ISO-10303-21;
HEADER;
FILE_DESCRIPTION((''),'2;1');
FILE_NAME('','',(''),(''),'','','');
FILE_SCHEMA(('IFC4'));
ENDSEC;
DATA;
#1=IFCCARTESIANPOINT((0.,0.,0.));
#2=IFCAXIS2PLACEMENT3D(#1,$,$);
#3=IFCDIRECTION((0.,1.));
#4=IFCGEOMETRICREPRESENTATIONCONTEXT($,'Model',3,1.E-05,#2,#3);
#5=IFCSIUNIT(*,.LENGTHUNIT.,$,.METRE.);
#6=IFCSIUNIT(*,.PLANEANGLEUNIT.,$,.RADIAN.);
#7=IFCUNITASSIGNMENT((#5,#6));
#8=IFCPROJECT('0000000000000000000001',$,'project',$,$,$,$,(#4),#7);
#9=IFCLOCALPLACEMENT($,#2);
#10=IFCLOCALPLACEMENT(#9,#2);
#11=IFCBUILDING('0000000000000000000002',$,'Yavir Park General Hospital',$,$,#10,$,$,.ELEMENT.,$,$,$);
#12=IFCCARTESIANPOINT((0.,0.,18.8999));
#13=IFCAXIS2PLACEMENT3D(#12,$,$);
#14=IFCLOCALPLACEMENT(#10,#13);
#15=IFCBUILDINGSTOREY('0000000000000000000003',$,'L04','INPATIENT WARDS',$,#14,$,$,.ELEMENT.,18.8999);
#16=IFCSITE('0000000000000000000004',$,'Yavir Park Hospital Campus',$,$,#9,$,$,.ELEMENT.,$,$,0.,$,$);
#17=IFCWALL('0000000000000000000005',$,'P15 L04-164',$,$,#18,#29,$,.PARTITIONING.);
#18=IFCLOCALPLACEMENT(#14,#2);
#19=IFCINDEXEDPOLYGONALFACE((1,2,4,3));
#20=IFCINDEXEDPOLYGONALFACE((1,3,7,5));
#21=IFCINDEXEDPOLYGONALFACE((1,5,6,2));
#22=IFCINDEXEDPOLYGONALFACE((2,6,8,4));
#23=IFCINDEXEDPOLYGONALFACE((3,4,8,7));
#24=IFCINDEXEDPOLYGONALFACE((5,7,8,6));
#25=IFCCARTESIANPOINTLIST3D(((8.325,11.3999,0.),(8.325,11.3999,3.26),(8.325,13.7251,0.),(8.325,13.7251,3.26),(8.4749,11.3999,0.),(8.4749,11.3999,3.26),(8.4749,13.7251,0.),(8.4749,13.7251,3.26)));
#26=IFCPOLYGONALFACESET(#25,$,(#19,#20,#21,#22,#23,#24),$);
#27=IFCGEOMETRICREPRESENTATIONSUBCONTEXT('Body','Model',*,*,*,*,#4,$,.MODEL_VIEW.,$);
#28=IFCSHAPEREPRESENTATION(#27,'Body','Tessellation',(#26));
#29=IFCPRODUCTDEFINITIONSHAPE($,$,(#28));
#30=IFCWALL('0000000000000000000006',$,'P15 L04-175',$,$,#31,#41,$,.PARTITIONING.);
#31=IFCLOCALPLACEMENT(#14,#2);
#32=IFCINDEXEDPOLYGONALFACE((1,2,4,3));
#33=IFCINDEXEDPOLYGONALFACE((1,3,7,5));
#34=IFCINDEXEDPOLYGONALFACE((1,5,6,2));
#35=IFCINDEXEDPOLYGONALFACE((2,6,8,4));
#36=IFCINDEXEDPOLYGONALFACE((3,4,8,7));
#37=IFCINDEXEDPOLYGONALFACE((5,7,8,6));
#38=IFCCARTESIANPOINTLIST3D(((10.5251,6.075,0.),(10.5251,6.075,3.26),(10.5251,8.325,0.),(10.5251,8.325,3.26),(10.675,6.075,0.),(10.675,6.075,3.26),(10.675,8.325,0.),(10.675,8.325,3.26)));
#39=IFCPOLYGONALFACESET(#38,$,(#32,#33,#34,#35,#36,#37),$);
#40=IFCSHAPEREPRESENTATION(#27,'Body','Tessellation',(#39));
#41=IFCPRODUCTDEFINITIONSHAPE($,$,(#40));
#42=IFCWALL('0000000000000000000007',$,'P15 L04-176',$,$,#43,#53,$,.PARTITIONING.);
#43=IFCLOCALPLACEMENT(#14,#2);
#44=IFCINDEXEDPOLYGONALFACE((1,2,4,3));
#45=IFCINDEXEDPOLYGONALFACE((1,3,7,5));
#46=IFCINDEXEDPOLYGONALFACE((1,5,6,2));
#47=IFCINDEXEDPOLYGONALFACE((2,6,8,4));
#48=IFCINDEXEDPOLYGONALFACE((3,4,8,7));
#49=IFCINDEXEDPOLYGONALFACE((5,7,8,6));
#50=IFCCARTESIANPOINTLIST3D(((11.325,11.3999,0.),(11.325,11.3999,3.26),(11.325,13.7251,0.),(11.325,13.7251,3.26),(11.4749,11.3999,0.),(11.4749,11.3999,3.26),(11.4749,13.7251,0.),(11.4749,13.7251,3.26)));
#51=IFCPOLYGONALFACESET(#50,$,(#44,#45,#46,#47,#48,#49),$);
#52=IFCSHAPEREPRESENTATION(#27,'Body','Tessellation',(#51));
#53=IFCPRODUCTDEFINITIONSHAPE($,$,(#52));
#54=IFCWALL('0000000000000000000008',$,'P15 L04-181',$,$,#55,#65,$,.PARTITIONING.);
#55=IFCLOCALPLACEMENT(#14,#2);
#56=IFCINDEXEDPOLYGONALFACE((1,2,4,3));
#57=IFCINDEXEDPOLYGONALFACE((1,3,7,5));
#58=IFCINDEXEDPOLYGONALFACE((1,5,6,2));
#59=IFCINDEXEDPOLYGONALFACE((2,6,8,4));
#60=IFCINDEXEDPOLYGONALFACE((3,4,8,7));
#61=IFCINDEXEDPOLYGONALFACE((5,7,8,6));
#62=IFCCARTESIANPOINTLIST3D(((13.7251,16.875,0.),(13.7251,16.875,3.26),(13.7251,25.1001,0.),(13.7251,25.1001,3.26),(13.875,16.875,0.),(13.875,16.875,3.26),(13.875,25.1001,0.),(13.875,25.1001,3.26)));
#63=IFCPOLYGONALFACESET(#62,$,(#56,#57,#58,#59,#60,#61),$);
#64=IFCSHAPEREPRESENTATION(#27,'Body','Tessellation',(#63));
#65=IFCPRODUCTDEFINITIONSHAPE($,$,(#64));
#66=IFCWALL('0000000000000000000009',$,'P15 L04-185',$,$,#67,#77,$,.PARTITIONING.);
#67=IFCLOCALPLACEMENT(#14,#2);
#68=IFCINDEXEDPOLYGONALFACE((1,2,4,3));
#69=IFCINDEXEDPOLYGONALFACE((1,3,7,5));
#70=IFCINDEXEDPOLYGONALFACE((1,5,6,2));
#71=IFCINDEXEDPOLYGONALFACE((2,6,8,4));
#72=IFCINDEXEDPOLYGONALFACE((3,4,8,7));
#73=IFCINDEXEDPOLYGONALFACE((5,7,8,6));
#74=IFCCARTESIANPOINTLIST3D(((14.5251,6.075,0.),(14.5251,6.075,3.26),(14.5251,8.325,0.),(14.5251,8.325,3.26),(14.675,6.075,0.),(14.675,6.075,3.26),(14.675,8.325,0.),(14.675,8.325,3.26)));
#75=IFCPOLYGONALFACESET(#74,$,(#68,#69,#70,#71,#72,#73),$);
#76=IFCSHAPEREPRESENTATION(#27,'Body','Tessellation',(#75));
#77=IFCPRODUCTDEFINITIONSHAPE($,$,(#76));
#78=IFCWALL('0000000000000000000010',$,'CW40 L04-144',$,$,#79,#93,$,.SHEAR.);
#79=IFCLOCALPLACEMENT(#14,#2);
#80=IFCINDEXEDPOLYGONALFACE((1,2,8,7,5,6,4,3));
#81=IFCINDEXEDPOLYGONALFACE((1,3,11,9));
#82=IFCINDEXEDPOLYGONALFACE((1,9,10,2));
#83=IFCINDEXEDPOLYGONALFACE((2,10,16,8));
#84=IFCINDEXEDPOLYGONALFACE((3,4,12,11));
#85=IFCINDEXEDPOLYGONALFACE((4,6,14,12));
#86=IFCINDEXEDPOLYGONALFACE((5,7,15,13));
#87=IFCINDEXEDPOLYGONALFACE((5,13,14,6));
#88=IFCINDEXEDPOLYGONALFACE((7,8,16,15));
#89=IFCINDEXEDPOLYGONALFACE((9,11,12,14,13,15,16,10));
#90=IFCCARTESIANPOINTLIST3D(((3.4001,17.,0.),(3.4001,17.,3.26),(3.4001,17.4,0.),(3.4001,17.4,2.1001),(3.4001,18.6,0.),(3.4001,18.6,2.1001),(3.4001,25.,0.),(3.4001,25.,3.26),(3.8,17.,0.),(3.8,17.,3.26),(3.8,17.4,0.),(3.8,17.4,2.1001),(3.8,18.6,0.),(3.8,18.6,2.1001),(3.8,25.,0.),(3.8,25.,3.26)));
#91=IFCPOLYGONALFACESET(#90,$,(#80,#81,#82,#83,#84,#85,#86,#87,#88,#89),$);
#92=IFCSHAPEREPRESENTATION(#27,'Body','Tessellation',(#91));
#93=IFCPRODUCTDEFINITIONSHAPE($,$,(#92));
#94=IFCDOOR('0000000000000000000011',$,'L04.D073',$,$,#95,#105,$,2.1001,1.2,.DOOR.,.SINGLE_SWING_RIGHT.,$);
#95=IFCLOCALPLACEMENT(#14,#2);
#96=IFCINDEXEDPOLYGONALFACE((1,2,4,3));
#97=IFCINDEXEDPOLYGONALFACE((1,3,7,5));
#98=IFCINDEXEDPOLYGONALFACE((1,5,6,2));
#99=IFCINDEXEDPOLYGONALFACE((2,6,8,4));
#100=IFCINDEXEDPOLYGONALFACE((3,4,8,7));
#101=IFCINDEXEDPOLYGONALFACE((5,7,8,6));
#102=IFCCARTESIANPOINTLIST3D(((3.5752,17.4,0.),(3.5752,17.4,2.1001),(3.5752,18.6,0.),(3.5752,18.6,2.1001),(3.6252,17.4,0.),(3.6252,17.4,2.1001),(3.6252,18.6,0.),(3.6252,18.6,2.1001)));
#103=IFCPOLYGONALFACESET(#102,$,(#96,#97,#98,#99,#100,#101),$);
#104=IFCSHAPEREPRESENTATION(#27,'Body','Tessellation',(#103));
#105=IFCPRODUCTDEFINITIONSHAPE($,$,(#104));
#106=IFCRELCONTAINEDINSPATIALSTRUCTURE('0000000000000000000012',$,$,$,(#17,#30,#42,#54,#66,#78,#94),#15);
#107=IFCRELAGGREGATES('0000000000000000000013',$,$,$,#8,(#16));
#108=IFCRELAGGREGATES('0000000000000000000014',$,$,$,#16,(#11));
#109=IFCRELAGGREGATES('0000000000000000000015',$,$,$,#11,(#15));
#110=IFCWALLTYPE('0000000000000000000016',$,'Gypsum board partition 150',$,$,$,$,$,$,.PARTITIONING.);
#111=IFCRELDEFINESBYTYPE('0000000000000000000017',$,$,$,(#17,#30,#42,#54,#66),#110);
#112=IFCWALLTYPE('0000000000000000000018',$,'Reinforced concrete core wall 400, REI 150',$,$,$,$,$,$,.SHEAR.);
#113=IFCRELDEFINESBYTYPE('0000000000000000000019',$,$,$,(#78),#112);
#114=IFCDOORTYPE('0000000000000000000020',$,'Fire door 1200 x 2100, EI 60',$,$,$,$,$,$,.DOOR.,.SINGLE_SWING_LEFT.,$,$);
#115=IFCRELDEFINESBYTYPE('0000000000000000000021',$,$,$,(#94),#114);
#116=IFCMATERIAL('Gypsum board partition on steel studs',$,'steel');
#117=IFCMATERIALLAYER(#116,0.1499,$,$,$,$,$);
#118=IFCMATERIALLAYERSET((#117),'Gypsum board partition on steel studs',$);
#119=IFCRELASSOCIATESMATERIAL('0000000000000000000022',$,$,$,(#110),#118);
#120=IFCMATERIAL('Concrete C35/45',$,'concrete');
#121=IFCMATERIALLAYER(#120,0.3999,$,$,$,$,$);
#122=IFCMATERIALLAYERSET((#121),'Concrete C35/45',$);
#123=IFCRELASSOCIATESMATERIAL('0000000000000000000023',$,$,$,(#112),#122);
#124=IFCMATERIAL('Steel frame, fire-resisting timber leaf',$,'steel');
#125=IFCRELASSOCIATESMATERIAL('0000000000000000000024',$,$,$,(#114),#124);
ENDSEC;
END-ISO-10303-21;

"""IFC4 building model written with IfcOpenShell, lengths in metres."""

from ifc_helpers import new_model, si_unit, direction, frame, frame_2d, origin, place, context, subcontext, project, spatial, rectangle, extrude, material, layer, layer_set, type_object, element, fill, save


model = new_model("IFC4")

# Units and contexts
model_context = context("Model", 3, precision=1e-05, world=origin(), true_north=direction((0.0, 1.0)))
body_context = subcontext(model_context, "Body", "Model", "MODEL_VIEW")
ifc_project = project(units=[si_unit("LENGTHUNIT", "METRE"), si_unit("PLANEANGLEUNIT", "RADIAN")], contexts=[model_context])

# Site, building, storey
site_placement = place(None, origin())
site = spatial("IfcSite", under=ifc_project, at=site_placement, Name="Yavir Park Hospital Campus", CompositionType="ELEMENT", RefElevation=0.0)
building_placement = place(site_placement, origin())
building = spatial("IfcBuilding", under=site, at=building_placement, Name="Yavir Park General Hospital", CompositionType="ELEMENT")
storey_placement = place(building_placement, frame((0.0, 0.0, 18.8999)))
storey = spatial("IfcBuildingStorey", under=building, at=storey_placement, Name="L04", Description="INPATIENT WARDS", CompositionType="ELEMENT", Elevation=18.8999)

# Shared definitions
ifc_material_1 = material(Name="Gypsum board partition on steel studs", Category="steel")
ifc_layer_1 = layer(ifc_material_1, 0.1499)
ifc_layer_set_1 = layer_set([ifc_layer_1], Name="Gypsum board partition on steel studs")
wall_type_1 = type_object("IfcWallType", Name="Gypsum board partition 150", PredefinedType="PARTITIONING", material=ifc_layer_set_1)

# Walls
wall_1_placement = place(storey_placement, frame((8.3999, 11.3999, 0.0), z_axis=(0.0, 0.0, 1.0), x_axis=(0.0, 1.0, 0.0)))
element("IfcWall", 1, at=wall_1_placement, inside=storey, type_object=wall_type_1, Name="P15 L04-164", PredefinedType="PARTITIONING", context=body_context, shape_type="SweptSolid", body=[
    extrude(rectangle(XDim=2.3252, YDim=0.1499, at=frame_2d((1.1626, 0.0))), origin(), (0.0, 0.0, 1.0), 3.26),
])
wall_2_placement = place(storey_placement, frame((10.6001, 6.075, 0.0), z_axis=(0.0, 0.0, 1.0), x_axis=(0.0, 1.0, 0.0)))
element("IfcWall", 2, at=wall_2_placement, inside=storey, type_object=wall_type_1, Name="P15 L04-175", PredefinedType="PARTITIONING", context=body_context, shape_type="SweptSolid", body=[
    extrude(rectangle(XDim=2.25, YDim=0.1499, at=frame_2d((1.125, 0.0))), origin(), (0.0, 0.0, 1.0), 3.26),
])
wall_3_placement = place(storey_placement, frame((11.3999, 11.3999, 0.0), z_axis=(0.0, 0.0, 1.0), x_axis=(0.0, 1.0, 0.0)))
element("IfcWall", 3, at=wall_3_placement, inside=storey, type_object=wall_type_1, Name="P15 L04-176", PredefinedType="PARTITIONING", context=body_context, shape_type="SweptSolid", body=[
    extrude(rectangle(XDim=2.3252, YDim=0.1499, at=frame_2d((1.1626, 0.0))), origin(), (0.0, 0.0, 1.0), 3.26),
])
wall_4_placement = place(storey_placement, frame((13.8, 16.875, 0.0), z_axis=(0.0, 0.0, 1.0), x_axis=(0.0, 1.0, 0.0)))
element("IfcWall", 4, at=wall_4_placement, inside=storey, type_object=wall_type_1, Name="P15 L04-181", PredefinedType="PARTITIONING", context=body_context, shape_type="SweptSolid", body=[
    extrude(rectangle(XDim=8.2251, YDim=0.1499, at=frame_2d((4.1125, 0.0))), origin(), (0.0, 0.0, 1.0), 3.26),
])
wall_5_placement = place(storey_placement, frame((14.6001, 6.075, 0.0), z_axis=(0.0, 0.0, 1.0), x_axis=(0.0, 1.0, 0.0)))
element("IfcWall", 5, at=wall_5_placement, inside=storey, type_object=wall_type_1, Name="P15 L04-185", PredefinedType="PARTITIONING", context=body_context, shape_type="SweptSolid", body=[
    extrude(rectangle(XDim=2.25, YDim=0.1499, at=frame_2d((1.125, 0.0))), origin(), (0.0, 0.0, 1.0), 3.26),
])

# Wall, opening, door
ifc_material_2 = material(Name="Concrete C35/45", Category="concrete")
ifc_layer_2 = layer(ifc_material_2, 0.3999)
ifc_layer_set_2 = layer_set([ifc_layer_2], Name="Concrete C35/45")
wall_type_2 = type_object("IfcWallType", Name="Reinforced concrete core wall 400, REI 150", PredefinedType="SHEAR", material=ifc_layer_set_2)
wall_6_placement = place(storey_placement, frame((3.6001, 17.0, 0.0), z_axis=(0.0, 0.0, 1.0), x_axis=(0.0, 1.0, 0.0)))
wall_6 = element("IfcWall", 6, at=wall_6_placement, inside=storey, type_object=wall_type_2, Name="CW40 L04-144", PredefinedType="SHEAR", context=body_context, shape_type="SweptSolid", body=[
    extrude(rectangle(XDim=8.0, YDim=0.3999, at=frame_2d((4.0, 0.0))), origin(), (0.0, 0.0, 1.0), 3.26),
])
opening_1_placement = place(wall_6_placement, frame((0.3999, 0.0, 0.0)))
opening_1 = element("IfcOpeningElement", 7, at=opening_1_placement, cuts=wall_6, PredefinedType="OPENING", context=body_context, shape_type="SweptSolid", body=[
    extrude(rectangle(XDim=1.2, YDim=2.1001, at=frame_2d((0.6001, 1.05))), frame((0.0, 0.21, 0.0), z_axis=(0.0, -1.0, 0.0), x_axis=(1.0, 0.0, 0.0)), (0.0, 0.0, 1.0), 0.4199),
])
ifc_material_3 = material(Name="Steel frame, fire-resisting timber leaf", Category="steel")
door_type_1 = type_object("IfcDoorType", Name="Fire door 1200 x 2100, EI 60", OperationType="SINGLE_SWING_LEFT", PredefinedType="DOOR", material=ifc_material_3)
door_1_placement = place(opening_1_placement, origin())
door_1 = element("IfcDoor", 8, at=door_1_placement, inside=storey, type_object=door_type_1, Name="L04.D073", OperationType="SINGLE_SWING_RIGHT", OverallHeight=2.1001, OverallWidth=1.2, PredefinedType="DOOR", context=body_context, shape_type="SweptSolid", body=[
    extrude(rectangle(XDim=1.2, YDim=2.1001, at=frame_2d((0.6001, 1.05))), frame((0.0, 0.0249, 0.0), z_axis=(0.0, -1.0, 0.0), x_axis=(1.0, 0.0, 0.0)), (0.0, 0.0, 1.0), 0.05),
])
fill(opening_1, door_1)

save(model, "model.ifc")
